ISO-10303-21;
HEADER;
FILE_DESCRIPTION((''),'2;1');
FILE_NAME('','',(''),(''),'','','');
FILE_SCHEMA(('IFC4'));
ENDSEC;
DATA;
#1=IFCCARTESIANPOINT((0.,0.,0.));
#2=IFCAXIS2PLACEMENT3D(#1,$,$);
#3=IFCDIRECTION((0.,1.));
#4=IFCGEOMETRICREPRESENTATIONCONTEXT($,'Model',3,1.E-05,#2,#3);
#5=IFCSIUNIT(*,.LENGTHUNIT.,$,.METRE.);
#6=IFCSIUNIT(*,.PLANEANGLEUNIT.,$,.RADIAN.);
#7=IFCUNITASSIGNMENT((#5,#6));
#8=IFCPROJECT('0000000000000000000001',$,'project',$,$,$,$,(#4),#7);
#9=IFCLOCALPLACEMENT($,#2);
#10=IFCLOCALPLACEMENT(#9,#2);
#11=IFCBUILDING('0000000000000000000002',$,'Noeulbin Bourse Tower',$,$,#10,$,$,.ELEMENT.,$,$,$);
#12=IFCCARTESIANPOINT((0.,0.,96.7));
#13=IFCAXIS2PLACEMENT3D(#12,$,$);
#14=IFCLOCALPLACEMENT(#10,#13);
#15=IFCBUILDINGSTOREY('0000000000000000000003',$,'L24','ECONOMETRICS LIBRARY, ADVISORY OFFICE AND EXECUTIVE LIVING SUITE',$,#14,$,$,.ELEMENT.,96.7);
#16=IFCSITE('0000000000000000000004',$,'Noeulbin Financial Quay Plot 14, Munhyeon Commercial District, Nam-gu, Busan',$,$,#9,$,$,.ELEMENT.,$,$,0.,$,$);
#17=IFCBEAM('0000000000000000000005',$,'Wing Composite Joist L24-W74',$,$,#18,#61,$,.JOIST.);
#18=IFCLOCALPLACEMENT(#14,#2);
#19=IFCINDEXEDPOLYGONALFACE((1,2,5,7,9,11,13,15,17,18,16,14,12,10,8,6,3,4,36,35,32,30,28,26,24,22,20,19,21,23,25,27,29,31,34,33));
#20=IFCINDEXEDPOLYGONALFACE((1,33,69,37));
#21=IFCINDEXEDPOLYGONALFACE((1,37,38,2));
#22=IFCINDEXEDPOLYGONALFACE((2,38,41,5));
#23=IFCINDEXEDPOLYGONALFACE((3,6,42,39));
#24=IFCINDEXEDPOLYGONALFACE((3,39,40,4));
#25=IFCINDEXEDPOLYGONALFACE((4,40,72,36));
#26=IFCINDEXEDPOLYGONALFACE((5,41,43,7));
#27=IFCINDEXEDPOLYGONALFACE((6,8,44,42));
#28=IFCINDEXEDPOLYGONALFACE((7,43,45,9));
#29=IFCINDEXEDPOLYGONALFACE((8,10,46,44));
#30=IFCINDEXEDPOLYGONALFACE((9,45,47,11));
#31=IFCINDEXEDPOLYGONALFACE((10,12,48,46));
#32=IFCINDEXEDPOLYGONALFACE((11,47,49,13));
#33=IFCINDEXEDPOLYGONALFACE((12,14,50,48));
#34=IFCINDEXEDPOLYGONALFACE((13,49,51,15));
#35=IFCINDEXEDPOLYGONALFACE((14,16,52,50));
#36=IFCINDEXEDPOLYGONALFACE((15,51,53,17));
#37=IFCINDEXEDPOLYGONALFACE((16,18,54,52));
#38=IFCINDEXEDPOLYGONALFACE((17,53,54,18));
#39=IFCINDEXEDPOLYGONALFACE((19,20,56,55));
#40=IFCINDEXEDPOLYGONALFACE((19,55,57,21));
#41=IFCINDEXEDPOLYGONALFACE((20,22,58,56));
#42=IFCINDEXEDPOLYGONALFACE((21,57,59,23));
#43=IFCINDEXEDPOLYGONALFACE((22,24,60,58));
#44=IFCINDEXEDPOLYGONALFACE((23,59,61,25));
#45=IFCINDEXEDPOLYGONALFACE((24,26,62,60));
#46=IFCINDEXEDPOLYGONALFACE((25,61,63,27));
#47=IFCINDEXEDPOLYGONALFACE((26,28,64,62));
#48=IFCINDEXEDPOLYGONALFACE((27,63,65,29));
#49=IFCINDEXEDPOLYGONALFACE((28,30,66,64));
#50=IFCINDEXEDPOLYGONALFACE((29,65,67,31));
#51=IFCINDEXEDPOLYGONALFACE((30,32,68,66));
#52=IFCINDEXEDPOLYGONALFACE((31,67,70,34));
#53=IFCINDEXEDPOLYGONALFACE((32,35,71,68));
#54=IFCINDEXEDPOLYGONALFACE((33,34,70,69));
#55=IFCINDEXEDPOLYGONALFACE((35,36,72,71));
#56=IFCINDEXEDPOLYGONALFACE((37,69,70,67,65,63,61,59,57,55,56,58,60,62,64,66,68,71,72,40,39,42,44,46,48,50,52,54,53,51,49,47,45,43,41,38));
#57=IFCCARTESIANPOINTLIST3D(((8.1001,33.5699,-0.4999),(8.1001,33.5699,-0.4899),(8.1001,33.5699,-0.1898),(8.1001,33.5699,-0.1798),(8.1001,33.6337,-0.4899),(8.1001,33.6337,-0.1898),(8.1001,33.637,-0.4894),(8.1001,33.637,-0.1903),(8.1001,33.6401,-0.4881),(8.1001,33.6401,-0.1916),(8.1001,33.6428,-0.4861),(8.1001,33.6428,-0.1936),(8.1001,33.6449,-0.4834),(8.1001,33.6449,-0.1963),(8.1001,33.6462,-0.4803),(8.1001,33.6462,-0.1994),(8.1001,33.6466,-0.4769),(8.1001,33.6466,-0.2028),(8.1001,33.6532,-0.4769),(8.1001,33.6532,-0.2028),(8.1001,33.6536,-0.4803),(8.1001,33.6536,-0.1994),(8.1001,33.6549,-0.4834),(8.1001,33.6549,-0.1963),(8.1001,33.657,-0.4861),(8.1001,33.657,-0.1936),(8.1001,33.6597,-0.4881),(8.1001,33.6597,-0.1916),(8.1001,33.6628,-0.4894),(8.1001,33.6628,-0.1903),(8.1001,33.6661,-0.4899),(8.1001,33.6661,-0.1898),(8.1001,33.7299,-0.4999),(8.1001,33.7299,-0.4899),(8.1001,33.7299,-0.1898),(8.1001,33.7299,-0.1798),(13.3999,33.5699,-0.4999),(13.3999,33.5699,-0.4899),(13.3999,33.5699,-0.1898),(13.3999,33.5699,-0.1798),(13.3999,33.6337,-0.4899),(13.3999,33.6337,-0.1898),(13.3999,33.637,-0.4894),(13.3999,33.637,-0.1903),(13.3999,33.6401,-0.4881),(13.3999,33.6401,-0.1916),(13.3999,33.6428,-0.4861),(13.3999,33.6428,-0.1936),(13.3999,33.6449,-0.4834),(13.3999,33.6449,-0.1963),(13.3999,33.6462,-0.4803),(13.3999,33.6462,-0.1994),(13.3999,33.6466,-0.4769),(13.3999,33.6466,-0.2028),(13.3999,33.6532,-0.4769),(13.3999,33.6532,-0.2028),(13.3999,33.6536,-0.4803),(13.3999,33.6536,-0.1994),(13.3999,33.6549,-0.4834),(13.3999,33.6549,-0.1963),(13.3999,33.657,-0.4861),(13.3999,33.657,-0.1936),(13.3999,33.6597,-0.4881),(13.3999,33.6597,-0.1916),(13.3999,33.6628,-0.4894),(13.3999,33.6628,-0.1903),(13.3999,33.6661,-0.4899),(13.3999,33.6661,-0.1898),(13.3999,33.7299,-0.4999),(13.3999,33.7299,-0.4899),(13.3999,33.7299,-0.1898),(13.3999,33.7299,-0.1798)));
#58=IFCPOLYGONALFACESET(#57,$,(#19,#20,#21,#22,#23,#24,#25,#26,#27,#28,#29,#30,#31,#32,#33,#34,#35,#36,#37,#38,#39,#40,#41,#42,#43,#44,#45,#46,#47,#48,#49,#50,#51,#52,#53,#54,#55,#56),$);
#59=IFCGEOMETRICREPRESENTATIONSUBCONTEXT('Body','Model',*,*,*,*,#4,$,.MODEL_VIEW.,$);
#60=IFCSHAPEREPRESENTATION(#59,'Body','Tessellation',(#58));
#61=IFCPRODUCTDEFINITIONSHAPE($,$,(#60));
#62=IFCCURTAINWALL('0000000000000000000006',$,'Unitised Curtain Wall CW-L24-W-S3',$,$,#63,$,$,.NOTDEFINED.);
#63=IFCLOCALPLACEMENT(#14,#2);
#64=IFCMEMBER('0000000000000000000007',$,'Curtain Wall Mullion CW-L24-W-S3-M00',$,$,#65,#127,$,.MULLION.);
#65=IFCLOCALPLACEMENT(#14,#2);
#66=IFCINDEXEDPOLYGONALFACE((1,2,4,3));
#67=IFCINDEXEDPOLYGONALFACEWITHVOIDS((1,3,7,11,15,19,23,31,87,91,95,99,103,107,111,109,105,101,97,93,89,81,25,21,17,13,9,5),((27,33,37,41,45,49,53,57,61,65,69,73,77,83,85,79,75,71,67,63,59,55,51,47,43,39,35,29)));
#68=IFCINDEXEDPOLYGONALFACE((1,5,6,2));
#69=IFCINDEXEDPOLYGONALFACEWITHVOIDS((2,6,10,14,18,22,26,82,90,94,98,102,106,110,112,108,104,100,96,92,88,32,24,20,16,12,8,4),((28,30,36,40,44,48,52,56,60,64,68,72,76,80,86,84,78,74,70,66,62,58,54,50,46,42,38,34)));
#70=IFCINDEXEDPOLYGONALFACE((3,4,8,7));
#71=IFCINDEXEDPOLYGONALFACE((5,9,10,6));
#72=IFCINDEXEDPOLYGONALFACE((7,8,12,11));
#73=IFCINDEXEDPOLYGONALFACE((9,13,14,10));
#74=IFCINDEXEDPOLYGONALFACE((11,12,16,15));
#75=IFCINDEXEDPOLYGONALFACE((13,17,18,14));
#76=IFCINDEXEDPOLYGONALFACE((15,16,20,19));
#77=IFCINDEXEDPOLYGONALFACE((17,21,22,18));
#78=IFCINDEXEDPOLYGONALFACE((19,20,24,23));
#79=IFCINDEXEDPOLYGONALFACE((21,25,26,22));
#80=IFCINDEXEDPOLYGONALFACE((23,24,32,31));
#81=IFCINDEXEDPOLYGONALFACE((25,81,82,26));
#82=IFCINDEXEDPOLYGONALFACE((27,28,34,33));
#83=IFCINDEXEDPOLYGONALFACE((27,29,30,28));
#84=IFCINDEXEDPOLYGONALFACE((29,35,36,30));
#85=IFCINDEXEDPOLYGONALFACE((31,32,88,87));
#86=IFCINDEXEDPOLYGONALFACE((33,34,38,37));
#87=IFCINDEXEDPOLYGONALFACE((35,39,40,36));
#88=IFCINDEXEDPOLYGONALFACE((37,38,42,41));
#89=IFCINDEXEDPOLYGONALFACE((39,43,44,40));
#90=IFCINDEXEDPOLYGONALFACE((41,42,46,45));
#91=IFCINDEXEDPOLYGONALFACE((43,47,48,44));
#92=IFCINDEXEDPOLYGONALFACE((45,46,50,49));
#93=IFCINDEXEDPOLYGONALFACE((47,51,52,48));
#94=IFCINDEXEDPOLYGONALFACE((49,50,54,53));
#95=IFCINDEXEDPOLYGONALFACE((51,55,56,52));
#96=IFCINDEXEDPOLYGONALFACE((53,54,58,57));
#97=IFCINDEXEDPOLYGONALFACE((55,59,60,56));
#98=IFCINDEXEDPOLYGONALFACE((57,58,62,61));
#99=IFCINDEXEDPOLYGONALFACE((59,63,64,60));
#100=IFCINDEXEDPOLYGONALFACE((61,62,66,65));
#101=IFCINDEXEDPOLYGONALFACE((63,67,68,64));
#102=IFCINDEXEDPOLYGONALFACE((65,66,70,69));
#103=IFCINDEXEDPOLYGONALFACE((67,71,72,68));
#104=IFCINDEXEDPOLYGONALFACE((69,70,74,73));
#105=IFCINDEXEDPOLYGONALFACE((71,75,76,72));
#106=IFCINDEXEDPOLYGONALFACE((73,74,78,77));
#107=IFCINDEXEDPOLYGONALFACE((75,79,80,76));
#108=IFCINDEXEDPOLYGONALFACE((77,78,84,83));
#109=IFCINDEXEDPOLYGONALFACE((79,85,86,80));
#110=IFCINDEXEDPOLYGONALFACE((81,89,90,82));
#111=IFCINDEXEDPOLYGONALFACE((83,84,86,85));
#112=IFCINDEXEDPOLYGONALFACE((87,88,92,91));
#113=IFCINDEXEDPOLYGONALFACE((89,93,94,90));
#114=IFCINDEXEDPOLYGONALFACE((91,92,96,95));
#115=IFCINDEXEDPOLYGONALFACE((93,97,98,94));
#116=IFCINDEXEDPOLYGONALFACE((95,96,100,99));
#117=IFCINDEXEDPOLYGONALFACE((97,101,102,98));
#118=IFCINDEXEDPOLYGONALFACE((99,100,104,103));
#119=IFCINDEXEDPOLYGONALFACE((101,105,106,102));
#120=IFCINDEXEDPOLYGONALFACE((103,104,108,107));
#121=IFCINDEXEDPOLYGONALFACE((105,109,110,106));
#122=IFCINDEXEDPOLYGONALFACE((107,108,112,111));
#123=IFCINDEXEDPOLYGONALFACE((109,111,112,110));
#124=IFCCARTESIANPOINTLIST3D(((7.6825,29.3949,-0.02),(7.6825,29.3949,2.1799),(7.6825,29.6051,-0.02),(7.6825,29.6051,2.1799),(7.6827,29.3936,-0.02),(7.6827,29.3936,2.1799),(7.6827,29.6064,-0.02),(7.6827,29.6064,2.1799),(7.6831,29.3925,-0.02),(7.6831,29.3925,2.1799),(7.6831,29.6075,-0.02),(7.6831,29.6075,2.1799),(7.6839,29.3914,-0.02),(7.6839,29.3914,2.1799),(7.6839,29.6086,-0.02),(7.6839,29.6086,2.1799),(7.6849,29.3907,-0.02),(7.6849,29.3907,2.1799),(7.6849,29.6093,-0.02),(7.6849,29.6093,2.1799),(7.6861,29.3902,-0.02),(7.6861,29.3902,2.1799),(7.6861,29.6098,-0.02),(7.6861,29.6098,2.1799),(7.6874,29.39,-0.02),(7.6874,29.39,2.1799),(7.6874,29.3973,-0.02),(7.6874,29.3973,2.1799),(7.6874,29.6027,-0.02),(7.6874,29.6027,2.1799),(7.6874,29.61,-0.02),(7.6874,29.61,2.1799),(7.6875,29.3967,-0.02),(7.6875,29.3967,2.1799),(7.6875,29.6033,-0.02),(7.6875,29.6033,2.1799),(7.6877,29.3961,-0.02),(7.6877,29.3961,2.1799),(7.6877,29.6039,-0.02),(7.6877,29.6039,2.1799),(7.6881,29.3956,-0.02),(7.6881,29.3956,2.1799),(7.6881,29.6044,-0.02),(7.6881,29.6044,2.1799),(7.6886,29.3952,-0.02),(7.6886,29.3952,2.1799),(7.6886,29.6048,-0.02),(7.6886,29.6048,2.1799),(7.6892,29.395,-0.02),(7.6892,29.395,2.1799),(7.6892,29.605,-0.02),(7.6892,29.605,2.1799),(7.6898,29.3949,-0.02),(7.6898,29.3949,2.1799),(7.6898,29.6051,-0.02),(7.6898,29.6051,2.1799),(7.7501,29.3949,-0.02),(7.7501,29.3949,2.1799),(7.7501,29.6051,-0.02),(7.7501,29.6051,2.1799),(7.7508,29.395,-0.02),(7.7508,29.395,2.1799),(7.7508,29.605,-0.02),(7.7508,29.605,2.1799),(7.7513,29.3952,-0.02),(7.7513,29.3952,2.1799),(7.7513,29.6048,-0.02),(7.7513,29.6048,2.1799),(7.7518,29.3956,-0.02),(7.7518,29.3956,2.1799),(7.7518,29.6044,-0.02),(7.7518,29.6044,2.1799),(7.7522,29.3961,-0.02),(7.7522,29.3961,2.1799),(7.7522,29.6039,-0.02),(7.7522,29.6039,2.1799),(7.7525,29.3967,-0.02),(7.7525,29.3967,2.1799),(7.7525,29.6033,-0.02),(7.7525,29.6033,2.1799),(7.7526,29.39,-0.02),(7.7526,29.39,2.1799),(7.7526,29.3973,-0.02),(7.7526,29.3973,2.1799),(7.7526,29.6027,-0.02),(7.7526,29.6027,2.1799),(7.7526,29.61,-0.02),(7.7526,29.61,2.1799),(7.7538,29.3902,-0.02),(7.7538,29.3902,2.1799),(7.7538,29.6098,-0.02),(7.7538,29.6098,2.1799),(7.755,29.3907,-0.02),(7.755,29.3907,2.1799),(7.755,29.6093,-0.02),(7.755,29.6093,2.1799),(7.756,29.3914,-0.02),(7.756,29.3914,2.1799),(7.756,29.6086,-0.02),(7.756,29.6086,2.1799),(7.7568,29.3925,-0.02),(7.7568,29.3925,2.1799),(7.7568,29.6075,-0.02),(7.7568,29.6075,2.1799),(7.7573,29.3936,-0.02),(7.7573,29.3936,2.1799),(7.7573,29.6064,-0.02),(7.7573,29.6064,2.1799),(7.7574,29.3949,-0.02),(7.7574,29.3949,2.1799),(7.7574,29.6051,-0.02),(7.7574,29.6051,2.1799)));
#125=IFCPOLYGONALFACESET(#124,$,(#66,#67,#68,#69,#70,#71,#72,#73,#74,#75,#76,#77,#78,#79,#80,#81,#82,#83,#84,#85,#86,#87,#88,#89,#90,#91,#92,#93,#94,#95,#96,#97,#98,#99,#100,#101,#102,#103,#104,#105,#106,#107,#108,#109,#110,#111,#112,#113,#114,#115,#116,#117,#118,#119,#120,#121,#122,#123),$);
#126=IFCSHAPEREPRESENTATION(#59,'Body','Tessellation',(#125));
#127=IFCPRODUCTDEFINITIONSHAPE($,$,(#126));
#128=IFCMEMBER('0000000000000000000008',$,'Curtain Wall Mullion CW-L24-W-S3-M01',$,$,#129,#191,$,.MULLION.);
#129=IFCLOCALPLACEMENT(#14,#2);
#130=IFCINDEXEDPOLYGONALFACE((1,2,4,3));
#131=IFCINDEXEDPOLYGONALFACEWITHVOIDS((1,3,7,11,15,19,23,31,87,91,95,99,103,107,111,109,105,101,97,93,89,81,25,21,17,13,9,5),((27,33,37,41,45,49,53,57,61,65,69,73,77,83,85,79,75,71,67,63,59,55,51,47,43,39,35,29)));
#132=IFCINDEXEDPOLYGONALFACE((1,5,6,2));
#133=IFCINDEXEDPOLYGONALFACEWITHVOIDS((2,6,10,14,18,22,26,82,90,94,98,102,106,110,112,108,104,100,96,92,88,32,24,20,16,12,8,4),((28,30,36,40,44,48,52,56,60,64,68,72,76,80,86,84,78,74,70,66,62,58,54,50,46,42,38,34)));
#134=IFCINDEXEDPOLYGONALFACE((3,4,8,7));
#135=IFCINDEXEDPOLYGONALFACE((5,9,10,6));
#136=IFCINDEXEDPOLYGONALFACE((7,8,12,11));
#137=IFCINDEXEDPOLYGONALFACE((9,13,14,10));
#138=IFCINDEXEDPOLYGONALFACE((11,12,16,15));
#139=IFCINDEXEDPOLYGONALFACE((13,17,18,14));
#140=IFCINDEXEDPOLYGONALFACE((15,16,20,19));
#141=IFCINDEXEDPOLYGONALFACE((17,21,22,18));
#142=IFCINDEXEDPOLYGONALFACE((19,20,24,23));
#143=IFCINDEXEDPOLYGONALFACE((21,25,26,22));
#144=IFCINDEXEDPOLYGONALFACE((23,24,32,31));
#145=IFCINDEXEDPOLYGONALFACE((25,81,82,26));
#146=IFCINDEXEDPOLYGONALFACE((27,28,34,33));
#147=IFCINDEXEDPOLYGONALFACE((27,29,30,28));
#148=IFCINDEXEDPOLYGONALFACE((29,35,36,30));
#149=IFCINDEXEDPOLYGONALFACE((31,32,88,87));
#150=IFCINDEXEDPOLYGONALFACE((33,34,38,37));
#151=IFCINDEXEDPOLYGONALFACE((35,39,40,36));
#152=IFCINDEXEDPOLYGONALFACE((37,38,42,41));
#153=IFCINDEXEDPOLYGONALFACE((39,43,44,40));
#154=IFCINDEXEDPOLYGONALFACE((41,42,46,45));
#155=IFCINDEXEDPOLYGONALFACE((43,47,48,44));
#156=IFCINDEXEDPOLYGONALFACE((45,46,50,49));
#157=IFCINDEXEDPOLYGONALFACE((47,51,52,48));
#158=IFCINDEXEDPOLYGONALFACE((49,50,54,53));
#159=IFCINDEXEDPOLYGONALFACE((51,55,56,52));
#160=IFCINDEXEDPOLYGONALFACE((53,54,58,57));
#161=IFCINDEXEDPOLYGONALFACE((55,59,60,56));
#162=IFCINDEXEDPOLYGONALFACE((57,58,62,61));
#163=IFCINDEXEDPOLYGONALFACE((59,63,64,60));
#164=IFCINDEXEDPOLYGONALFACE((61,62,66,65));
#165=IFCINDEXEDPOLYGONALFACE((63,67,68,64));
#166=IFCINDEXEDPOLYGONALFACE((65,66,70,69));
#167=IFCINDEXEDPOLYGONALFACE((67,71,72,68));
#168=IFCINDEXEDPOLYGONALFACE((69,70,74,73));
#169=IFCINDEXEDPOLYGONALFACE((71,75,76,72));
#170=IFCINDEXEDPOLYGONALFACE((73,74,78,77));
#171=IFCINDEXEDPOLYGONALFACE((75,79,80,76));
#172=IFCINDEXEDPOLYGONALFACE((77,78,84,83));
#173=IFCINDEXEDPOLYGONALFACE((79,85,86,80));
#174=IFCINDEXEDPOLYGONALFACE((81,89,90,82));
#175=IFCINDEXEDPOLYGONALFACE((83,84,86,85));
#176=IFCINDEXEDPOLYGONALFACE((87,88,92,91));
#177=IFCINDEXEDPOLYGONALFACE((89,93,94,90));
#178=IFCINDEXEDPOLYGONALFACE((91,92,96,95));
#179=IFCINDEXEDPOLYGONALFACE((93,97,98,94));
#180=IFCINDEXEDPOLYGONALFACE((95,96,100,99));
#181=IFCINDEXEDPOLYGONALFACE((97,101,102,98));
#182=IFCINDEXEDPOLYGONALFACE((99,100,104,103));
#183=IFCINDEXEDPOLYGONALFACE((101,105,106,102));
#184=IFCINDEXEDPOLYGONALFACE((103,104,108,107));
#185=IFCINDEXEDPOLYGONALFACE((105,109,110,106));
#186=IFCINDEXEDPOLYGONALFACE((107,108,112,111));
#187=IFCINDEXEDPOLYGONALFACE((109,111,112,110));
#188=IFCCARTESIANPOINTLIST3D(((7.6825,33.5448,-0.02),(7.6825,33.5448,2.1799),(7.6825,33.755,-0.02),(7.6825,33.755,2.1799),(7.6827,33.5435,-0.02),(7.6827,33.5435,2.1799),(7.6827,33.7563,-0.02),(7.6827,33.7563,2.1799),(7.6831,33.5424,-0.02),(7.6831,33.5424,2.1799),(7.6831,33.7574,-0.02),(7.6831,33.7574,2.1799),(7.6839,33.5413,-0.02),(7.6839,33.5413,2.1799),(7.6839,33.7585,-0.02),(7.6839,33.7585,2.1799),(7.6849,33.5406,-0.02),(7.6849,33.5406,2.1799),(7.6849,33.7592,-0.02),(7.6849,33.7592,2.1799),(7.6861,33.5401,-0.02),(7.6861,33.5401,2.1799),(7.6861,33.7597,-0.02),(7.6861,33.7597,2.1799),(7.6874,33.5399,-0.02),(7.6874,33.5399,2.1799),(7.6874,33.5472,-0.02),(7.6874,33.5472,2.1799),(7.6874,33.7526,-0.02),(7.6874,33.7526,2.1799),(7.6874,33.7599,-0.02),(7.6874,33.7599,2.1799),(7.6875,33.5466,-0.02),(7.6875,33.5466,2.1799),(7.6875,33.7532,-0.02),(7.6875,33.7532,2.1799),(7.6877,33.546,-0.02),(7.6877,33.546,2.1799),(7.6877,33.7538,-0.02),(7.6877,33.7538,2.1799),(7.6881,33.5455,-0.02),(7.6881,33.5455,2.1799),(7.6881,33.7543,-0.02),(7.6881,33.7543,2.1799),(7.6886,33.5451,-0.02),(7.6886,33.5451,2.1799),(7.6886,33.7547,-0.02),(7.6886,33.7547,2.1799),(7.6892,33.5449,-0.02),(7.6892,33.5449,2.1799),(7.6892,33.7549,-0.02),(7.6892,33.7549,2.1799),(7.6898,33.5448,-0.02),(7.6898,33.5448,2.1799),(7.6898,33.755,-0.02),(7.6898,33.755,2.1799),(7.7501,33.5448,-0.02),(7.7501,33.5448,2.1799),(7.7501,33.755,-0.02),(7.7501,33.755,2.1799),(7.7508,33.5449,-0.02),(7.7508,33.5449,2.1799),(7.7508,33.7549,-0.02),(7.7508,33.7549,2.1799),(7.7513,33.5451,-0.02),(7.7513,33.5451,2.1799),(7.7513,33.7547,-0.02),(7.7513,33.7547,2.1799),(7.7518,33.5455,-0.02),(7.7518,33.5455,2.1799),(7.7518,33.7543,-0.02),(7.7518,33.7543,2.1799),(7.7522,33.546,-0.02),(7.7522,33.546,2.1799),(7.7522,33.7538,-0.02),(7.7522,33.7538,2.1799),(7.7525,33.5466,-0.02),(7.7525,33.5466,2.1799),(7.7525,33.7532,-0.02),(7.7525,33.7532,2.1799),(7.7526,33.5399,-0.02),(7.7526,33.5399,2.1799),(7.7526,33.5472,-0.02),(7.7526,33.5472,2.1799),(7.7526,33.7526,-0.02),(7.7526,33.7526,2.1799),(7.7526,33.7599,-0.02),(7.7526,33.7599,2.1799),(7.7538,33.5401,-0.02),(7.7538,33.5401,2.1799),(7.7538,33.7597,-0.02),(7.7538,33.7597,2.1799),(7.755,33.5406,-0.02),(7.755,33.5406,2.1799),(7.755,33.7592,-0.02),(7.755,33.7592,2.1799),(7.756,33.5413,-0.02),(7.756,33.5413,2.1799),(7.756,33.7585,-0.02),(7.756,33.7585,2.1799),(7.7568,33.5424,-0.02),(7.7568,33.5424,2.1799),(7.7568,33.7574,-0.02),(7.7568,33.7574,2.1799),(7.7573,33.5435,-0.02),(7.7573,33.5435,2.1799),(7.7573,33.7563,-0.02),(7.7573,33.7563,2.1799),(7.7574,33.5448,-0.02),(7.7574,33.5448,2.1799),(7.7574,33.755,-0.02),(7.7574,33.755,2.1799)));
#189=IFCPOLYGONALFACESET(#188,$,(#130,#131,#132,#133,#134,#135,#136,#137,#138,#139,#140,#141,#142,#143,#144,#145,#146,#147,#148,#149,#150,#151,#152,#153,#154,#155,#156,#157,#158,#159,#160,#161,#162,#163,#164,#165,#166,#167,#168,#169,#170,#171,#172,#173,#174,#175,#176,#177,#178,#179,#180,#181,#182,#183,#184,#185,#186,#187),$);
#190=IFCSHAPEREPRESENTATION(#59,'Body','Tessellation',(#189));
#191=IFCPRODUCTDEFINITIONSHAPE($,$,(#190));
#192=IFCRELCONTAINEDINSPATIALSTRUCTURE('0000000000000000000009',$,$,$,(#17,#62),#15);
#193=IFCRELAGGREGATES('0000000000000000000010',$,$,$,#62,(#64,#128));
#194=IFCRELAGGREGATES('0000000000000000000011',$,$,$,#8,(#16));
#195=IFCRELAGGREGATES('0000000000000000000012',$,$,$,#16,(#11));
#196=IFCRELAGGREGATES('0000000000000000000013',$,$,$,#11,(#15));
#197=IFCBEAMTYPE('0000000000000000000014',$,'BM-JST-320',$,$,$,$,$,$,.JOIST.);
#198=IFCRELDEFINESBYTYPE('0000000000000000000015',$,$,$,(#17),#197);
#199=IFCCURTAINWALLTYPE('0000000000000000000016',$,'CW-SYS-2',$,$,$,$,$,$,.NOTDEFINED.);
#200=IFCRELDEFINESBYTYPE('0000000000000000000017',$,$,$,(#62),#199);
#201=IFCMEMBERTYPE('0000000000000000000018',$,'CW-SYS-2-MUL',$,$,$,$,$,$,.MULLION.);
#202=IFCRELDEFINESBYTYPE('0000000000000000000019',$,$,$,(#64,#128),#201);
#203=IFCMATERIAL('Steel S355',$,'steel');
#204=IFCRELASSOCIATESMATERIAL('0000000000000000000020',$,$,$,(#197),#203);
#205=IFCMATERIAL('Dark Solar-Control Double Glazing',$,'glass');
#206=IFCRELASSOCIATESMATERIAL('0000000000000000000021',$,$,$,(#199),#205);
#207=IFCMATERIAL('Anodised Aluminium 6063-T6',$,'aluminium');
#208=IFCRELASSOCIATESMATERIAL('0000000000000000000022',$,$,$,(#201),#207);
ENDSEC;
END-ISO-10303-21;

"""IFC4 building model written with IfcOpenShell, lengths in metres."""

from ifc_helpers import new_model, si_unit, direction, frame, origin, origin_2d, place, context, subcontext, project, spatial, hollow_rectangle, i_section, extrude, material, material_profile, profile_set, type_object, element, aggregate, save


model = new_model("IFC4")

# Units and contexts
model_context = context("Model", 3, precision=1e-05, world=origin(), true_north=direction((0.0, 1.0)))
body_context = subcontext(model_context, "Body", "Model", "MODEL_VIEW")
ifc_project = project(units=[si_unit("LENGTHUNIT", "METRE"), si_unit("PLANEANGLEUNIT", "RADIAN")], contexts=[model_context])

# Site, building, storey
site_placement = place(None, origin())
site = spatial("IfcSite", under=ifc_project, at=site_placement, Name="Noeulbin Financial Quay Plot 14, Munhyeon Commercial District, Nam-gu, Busan", CompositionType="ELEMENT", RefElevation=0.0)
building_placement = place(site_placement, origin())
building = spatial("IfcBuilding", under=site, at=building_placement, Name="Noeulbin Bourse Tower", CompositionType="ELEMENT")
storey_placement = place(building_placement, frame((0.0, 0.0, 96.7)))
storey = spatial("IfcBuildingStorey", under=building, at=storey_placement, Name="L24", Description="ECONOMETRICS LIBRARY, ADVISORY OFFICE AND EXECUTIVE LIVING SUITE", CompositionType="ELEMENT", Elevation=96.7)

# Beam
ifc_material_1 = material(Name="Steel S355", Category="steel")
ifc_material_profile_1 = material_profile(ifc_material_1, i_section(OverallWidth=0.1599, OverallDepth=0.3201, WebThickness=0.0066, FlangeThickness=0.01, FilletRadius=0.0129, at=origin_2d()), Name="H-320x160x6.5x10", Category="LoadBearing")
ifc_profile_set_1 = profile_set([ifc_material_profile_1], Name="Steel S355")
beam_type_1 = type_object("IfcBeamType", Name="BM-JST-320", PredefinedType="JOIST", material=ifc_profile_set_1)
for number, where, z_axis, x_axis, name in (
    (1, (8.1001, 33.6499, -0.3398), (1.0, 0.0, 0.0), (0.0, 1.0, 0.0), "Wing Composite Joist L24-W74"),
):
    element("IfcBeam", number, at=place(storey_placement, frame(where, z_axis=z_axis, x_axis=x_axis)), inside=storey, type_object=beam_type_1, Name=name, PredefinedType="JOIST", context=body_context, shape_type="SweptSolid", body=[
        extrude(i_section(OverallWidth=0.1599, OverallDepth=0.3201, WebThickness=0.0066, FlangeThickness=0.01, FilletRadius=0.0129, at=origin_2d()), origin(), (0.0, 0.0, 1.0), 5.2998),
    ])

# Curtain wall, members
ifc_material_2 = material(Name="Dark Solar-Control Double Glazing", Category="glass")
curtain_wall_type = type_object("IfcCurtainWallType", Name="CW-SYS-2", PredefinedType="NOTDEFINED", material=ifc_material_2)
curtain_wall_placement = place(storey_placement, origin())
curtain_wall = element("IfcCurtainWall", 2, at=curtain_wall_placement, inside=storey, type_object=curtain_wall_type, Name="Unitised Curtain Wall CW-L24-W-S3", PredefinedType="NOTDEFINED")
ifc_material_3 = material(Name="Anodised Aluminium 6063-T6", Category="aluminium")
ifc_material_profile_2 = material_profile(ifc_material_3, hollow_rectangle(XDim=0.075, YDim=0.22, WallThickness=0.0049, InnerFilletRadius=0.0024, OuterFilletRadius=0.0049, at=origin_2d()), Name="ALU-MULL-75x220x5", Category="LoadBearing")
ifc_profile_set_2 = profile_set([ifc_material_profile_2], Name="Anodised Aluminium 6063-T6")
member_type_1 = type_object("IfcMemberType", Name="CW-SYS-2-MUL", PredefinedType="MULLION", material=ifc_profile_set_2)
member_1_placement = place(storey_placement, frame((7.72, 29.5, -0.02), z_axis=(0.0, 0.0, 1.0), x_axis=(1.0, 0.0, 0.0)))
member_1 = element("IfcMember", 3, at=member_1_placement, type_object=member_type_1, Name="Curtain Wall Mullion CW-L24-W-S3-M00", PredefinedType="MULLION", context=body_context, shape_type="SweptSolid", body=[
    extrude(hollow_rectangle(XDim=0.075, YDim=0.22, WallThickness=0.0049, InnerFilletRadius=0.0024, OuterFilletRadius=0.0049, at=origin_2d()), origin(), (0.0, 0.0, 1.0), 2.2),
])
member_2_placement = place(storey_placement, frame((7.72, 33.6499, -0.02), z_axis=(0.0, 0.0, 1.0), x_axis=(1.0, 0.0, 0.0)))
member_2 = element("IfcMember", 4, at=member_2_placement, type_object=member_type_1, Name="Curtain Wall Mullion CW-L24-W-S3-M01", PredefinedType="MULLION", context=body_context, shape_type="SweptSolid", body=[
    extrude(hollow_rectangle(XDim=0.075, YDim=0.22, WallThickness=0.0049, InnerFilletRadius=0.0024, OuterFilletRadius=0.0049, at=origin_2d()), origin(), (0.0, 0.0, 1.0), 2.2),
])
aggregate(curtain_wall, [member_1, member_2])

save(model, "model.ifc")
